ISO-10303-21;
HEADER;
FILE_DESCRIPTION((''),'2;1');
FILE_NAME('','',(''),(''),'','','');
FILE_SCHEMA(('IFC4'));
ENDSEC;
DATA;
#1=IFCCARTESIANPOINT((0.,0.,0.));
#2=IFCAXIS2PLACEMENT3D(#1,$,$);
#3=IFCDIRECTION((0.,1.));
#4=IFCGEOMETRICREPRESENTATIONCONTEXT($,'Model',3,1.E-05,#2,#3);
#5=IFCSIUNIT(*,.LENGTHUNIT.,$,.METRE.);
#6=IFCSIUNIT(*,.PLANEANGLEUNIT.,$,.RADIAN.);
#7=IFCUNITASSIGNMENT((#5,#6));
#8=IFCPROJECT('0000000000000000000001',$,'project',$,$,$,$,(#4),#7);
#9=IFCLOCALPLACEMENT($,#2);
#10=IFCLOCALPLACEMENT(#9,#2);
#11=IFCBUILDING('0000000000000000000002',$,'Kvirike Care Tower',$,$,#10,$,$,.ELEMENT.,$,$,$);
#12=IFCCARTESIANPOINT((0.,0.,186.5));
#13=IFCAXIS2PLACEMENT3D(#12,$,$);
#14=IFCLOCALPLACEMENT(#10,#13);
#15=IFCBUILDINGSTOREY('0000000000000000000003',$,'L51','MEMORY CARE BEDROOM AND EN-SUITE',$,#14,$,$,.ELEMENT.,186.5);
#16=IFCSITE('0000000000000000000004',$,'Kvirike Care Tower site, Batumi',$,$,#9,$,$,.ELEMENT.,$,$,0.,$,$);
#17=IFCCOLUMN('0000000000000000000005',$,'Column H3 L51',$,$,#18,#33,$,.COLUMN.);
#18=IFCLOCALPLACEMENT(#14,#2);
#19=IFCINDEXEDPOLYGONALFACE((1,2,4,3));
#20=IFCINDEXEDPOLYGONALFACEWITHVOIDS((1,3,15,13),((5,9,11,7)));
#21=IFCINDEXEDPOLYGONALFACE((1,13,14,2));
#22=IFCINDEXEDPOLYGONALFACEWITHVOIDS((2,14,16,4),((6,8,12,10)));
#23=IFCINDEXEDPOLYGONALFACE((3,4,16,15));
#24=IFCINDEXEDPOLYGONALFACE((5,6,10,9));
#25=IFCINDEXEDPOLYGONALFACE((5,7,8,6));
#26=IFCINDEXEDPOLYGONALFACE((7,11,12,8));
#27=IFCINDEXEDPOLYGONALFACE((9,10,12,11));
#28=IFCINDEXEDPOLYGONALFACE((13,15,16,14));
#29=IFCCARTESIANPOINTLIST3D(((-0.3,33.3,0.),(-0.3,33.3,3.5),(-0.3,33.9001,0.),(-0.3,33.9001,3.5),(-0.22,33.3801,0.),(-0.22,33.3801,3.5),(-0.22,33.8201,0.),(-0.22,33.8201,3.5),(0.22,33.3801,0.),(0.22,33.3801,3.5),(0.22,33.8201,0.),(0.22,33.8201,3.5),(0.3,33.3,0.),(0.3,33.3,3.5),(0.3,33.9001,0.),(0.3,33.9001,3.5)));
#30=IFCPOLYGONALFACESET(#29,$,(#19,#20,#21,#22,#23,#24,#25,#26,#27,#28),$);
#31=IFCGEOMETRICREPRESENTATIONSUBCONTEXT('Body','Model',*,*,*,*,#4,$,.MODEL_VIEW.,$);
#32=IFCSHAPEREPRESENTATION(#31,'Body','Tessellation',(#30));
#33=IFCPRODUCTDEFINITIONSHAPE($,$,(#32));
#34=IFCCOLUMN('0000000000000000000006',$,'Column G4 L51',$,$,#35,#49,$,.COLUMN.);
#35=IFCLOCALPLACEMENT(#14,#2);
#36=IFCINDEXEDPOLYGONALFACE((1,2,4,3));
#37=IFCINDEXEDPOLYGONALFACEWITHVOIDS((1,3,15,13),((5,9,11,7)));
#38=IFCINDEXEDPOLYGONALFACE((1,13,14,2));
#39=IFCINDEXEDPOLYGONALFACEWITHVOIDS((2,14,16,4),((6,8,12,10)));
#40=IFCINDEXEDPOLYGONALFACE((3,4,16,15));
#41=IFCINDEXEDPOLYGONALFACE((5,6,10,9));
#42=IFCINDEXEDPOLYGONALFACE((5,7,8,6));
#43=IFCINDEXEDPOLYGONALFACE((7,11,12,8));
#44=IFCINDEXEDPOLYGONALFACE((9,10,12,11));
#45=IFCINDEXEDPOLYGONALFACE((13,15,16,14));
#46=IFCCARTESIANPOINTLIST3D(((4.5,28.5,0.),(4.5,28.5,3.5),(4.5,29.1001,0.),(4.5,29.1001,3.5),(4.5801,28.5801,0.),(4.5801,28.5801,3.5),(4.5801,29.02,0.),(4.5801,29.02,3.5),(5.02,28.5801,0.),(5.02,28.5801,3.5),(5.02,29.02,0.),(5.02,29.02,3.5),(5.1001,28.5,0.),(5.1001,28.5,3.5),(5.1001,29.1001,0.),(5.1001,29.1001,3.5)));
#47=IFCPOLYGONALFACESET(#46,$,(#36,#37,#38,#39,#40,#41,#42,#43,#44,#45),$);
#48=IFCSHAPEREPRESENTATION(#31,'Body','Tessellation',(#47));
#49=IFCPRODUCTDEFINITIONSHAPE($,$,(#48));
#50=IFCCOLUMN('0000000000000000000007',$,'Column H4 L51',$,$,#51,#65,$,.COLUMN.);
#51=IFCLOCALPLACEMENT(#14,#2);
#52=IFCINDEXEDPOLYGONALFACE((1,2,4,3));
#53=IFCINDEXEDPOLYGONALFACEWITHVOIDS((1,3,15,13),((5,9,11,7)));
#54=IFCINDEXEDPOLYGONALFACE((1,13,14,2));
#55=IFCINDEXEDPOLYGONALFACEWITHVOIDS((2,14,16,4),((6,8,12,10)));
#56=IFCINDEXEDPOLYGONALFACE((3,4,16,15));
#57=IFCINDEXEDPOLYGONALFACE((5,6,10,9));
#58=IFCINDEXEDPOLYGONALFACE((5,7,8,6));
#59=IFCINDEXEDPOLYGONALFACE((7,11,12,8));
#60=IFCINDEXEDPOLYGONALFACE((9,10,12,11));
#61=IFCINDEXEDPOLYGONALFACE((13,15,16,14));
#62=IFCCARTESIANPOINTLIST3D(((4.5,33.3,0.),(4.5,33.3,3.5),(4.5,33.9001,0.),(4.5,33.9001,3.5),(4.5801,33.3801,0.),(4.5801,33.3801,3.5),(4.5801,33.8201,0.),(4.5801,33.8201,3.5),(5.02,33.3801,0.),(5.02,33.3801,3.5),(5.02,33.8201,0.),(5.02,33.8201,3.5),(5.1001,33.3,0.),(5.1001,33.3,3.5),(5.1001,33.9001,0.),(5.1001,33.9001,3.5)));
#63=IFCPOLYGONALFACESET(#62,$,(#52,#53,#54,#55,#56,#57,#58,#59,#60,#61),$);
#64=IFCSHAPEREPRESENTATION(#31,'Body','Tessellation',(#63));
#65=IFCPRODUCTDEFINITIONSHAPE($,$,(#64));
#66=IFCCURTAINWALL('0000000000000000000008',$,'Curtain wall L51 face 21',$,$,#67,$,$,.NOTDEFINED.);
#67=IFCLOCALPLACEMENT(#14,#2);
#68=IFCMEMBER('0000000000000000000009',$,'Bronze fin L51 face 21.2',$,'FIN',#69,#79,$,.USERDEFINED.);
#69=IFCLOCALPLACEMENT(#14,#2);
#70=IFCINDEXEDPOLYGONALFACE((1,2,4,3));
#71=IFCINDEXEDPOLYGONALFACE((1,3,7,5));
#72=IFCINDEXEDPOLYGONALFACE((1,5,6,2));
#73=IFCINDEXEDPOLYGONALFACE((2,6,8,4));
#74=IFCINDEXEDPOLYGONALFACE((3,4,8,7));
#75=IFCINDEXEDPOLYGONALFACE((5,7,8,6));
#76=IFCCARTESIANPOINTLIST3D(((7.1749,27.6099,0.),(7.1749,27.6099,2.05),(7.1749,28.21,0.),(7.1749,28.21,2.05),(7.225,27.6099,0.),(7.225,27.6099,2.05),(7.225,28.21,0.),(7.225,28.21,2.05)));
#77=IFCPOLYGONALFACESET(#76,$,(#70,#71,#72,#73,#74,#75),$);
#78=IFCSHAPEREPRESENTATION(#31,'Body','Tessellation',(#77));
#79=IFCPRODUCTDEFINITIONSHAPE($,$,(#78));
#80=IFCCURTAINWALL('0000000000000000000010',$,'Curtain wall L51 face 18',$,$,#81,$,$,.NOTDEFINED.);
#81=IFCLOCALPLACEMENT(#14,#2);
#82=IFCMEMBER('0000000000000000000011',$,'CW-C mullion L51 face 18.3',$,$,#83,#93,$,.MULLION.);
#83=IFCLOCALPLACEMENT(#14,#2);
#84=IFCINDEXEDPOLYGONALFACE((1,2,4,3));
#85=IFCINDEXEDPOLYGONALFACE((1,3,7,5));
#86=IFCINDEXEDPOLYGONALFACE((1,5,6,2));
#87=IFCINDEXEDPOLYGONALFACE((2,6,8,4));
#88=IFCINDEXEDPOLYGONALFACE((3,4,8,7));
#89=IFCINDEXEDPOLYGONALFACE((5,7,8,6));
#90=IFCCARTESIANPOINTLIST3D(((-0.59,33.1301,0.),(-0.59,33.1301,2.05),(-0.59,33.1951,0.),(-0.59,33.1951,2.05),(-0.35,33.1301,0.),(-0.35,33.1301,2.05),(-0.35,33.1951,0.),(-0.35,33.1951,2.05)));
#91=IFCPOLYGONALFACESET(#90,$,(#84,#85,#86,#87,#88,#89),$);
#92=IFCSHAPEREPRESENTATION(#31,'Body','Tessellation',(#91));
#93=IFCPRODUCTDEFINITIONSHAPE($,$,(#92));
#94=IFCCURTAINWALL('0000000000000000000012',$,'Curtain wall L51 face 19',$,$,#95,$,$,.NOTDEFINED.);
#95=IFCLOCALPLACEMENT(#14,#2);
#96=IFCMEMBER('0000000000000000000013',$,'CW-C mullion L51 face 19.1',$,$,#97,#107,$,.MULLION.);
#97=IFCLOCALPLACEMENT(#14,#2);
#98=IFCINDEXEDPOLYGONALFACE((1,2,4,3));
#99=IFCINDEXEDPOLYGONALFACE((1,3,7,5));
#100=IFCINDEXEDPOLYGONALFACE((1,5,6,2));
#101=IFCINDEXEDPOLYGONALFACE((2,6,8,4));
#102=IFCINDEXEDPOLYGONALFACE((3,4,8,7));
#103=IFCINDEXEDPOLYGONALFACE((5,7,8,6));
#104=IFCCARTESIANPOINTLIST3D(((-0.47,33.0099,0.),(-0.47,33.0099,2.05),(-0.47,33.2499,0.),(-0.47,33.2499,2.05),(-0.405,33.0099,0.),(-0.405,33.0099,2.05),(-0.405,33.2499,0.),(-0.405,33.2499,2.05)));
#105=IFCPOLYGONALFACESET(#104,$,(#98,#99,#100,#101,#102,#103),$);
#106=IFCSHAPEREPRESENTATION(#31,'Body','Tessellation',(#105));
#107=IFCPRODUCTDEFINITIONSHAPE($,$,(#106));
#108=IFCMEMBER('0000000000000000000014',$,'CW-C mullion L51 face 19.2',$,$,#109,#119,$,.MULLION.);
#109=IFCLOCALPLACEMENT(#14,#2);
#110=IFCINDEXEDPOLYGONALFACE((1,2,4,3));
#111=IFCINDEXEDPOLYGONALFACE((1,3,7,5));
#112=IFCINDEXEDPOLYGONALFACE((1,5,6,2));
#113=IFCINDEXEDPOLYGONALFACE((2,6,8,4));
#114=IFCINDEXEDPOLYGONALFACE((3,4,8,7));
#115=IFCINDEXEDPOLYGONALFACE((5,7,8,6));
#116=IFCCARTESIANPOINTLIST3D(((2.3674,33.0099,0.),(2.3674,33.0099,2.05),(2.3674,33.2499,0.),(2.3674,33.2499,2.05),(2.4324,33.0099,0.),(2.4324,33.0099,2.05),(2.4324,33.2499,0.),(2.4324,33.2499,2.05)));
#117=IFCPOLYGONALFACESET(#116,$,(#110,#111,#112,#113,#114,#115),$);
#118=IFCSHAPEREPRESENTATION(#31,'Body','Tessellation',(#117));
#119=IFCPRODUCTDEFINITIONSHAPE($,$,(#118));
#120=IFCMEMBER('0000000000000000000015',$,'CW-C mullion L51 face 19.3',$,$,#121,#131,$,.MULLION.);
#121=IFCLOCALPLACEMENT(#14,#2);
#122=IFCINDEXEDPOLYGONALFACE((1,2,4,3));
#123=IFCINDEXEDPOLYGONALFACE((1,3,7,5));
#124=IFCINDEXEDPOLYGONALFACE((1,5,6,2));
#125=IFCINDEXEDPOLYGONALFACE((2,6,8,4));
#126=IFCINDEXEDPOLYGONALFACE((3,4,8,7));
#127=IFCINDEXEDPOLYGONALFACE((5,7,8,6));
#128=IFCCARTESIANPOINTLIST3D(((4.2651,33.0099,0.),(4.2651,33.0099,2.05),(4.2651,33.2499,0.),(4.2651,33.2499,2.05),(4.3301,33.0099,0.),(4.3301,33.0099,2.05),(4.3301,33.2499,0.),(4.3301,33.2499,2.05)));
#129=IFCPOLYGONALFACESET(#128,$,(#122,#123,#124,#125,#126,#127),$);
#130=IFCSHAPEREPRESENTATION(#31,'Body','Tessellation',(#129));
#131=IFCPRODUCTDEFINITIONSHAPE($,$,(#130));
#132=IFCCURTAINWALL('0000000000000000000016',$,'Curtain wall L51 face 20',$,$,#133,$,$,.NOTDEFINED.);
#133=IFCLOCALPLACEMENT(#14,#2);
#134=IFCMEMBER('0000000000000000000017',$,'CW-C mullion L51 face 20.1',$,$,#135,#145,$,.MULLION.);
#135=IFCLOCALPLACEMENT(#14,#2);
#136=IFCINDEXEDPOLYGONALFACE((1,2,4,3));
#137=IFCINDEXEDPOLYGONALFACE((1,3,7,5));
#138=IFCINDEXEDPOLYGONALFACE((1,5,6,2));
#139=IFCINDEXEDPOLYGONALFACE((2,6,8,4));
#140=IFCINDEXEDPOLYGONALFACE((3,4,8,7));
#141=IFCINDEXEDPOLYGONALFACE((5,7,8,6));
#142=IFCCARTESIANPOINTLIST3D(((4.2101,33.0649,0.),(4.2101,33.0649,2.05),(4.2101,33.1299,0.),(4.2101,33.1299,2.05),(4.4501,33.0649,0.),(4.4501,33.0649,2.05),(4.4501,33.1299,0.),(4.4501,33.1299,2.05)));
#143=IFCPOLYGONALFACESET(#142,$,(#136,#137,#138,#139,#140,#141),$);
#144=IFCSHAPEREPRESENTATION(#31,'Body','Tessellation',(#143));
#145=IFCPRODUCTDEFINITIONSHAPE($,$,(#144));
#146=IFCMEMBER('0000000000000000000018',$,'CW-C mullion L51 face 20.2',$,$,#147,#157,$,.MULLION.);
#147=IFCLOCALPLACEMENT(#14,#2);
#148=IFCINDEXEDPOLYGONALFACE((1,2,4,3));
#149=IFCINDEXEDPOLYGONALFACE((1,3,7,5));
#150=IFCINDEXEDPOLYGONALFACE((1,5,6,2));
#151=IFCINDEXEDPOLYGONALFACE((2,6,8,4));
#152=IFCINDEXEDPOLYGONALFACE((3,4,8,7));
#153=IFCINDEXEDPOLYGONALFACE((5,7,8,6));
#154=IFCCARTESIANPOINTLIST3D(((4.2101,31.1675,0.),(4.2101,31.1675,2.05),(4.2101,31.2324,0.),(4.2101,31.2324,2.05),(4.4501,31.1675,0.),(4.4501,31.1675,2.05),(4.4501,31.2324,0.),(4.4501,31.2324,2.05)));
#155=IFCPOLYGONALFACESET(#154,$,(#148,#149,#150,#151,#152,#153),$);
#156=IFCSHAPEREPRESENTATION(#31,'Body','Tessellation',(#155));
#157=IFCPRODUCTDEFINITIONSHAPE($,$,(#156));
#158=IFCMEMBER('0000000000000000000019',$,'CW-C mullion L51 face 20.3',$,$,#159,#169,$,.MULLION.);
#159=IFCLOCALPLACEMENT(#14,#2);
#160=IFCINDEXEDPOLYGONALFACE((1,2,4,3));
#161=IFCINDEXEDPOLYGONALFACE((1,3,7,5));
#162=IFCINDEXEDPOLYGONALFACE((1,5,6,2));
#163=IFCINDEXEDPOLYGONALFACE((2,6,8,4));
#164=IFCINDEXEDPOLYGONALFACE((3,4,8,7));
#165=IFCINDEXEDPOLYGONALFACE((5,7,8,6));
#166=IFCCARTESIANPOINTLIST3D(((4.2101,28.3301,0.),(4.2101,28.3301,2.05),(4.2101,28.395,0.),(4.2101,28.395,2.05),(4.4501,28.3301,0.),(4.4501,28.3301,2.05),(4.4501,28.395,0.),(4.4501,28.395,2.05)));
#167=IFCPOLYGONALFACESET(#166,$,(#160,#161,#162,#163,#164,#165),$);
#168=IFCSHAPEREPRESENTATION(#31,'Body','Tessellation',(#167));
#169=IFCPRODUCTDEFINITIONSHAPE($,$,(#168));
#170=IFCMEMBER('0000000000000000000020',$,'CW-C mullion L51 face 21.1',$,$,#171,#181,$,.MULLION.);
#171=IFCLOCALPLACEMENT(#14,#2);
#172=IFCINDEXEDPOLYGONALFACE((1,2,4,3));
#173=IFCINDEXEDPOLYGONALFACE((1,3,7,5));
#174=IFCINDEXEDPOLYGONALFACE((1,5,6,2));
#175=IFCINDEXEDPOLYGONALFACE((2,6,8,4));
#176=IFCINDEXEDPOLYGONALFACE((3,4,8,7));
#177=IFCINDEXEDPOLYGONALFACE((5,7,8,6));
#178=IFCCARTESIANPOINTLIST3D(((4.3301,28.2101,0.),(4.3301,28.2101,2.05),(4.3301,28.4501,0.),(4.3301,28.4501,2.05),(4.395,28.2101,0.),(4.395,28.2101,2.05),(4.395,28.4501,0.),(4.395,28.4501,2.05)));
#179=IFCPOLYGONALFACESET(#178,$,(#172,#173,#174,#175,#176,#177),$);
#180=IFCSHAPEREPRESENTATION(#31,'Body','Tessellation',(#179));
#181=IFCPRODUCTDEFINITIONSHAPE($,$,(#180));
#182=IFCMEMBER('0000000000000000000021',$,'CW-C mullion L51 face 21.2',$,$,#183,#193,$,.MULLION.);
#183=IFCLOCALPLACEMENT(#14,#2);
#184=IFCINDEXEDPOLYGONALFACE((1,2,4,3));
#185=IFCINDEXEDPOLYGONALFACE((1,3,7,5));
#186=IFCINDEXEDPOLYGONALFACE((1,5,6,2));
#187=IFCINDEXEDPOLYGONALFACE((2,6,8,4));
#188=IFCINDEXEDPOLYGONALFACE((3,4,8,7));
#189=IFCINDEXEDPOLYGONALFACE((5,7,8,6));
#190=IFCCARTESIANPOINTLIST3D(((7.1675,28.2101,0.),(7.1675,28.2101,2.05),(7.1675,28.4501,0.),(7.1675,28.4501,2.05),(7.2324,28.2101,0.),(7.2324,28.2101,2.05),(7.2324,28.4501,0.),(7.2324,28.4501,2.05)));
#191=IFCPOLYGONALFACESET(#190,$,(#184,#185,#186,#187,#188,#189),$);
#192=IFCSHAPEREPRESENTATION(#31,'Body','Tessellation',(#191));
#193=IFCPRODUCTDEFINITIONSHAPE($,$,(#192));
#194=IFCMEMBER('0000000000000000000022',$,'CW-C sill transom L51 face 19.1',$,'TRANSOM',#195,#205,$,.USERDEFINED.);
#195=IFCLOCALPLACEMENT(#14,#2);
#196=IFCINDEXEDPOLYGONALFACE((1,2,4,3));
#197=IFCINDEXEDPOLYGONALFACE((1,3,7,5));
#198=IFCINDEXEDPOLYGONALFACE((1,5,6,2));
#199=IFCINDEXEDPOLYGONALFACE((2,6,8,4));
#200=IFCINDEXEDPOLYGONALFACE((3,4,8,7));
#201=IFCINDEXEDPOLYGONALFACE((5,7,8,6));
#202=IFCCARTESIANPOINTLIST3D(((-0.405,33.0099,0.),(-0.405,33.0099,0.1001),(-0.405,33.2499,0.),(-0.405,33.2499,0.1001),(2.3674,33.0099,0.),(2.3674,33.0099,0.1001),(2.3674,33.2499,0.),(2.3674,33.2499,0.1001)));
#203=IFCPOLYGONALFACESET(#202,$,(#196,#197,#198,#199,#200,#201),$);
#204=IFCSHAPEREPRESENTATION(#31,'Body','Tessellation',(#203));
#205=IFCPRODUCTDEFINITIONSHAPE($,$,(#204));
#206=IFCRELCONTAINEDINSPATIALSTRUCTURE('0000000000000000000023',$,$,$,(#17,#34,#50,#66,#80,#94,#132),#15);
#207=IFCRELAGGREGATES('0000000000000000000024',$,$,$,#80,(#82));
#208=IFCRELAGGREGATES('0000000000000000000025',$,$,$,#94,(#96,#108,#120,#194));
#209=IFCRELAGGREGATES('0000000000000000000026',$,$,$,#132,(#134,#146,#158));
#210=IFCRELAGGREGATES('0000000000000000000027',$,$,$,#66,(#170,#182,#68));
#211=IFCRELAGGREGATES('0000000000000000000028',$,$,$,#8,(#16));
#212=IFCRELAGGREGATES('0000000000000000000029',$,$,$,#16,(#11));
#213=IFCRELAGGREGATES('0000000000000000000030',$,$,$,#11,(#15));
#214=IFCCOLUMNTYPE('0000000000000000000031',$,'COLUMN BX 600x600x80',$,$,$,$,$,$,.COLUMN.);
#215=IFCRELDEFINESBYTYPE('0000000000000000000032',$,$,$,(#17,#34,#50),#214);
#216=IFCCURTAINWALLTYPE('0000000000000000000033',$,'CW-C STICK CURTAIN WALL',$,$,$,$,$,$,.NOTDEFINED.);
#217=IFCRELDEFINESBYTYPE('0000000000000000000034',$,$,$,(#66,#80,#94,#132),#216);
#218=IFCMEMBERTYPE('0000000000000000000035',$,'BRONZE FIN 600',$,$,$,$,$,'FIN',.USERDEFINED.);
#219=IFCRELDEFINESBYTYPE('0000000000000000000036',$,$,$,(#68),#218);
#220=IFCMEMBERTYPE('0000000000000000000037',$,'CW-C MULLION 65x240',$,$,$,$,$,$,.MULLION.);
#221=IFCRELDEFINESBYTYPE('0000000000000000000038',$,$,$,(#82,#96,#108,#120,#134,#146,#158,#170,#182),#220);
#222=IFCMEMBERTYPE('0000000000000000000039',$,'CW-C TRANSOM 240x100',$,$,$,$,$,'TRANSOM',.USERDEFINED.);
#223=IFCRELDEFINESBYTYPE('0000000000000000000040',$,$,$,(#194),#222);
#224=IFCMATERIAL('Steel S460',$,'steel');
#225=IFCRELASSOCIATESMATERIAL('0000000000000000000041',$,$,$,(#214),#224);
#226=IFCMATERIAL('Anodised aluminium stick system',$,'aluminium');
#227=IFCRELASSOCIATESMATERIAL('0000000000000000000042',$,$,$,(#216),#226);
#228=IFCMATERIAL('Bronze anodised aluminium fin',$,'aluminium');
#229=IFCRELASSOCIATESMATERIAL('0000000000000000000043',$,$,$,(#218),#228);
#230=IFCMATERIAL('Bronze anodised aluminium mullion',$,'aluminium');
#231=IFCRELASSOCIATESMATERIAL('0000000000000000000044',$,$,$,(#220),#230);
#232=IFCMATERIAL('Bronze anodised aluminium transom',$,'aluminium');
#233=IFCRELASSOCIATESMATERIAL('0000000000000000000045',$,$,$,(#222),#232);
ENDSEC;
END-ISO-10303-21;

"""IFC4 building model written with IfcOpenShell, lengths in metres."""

from ifc_helpers import new_model, si_unit, direction, frame, origin, origin_2d, place, context, subcontext, project, spatial, rectangle, hollow_rectangle, extrude, material, material_profile, profile_set, type_object, element, aggregate, save


model = new_model("IFC4")

# Units and contexts
model_context = context("Model", 3, precision=1e-05, world=origin(), true_north=direction((0.0, 1.0)))
body_context = subcontext(model_context, "Body", "Model", "MODEL_VIEW")
ifc_project = project(units=[si_unit("LENGTHUNIT", "METRE"), si_unit("PLANEANGLEUNIT", "RADIAN")], contexts=[model_context])

# Site, building, storey
site_placement = place(None, origin())
site = spatial("IfcSite", under=ifc_project, at=site_placement, Name="Kvirike Care Tower site, Batumi", CompositionType="ELEMENT", RefElevation=0.0)
building_placement = place(site_placement, origin())
building = spatial("IfcBuilding", under=site, at=building_placement, Name="Kvirike Care Tower", CompositionType="ELEMENT")
storey_placement = place(building_placement, frame((0.0, 0.0, 186.5)))
storey = spatial("IfcBuildingStorey", under=building, at=storey_placement, Name="L51", Description="MEMORY CARE BEDROOM AND EN-SUITE", CompositionType="ELEMENT", Elevation=186.5)

# Columns
ifc_material_1 = material(Name="Steel S460", Category="steel")
ifc_material_profile_1 = material_profile(ifc_material_1, hollow_rectangle(XDim=0.6001, YDim=0.6001, WallThickness=0.0801, at=origin_2d()), Name="BX 600x600x80")
ifc_profile_set_1 = profile_set([ifc_material_profile_1], Name="Steel S460")
column_type = type_object("IfcColumnType", Name="COLUMN BX 600x600x80", PredefinedType="COLUMN", material=ifc_profile_set_1)
for number, where, z_axis, x_axis, name in (
    (1, (0.0, 33.6001, 0.0), (0.0, 0.0, 1.0), (0.0, 1.0, 0.0), "Column H3 L51"),
    (2, (4.8, 28.8, 0.0), (0.0, 0.0, 1.0), (0.0, 1.0, 0.0), "Column G4 L51"),
    (3, (4.8, 33.6001, 0.0), (0.0, 0.0, 1.0), (0.0, 1.0, 0.0), "Column H4 L51"),
):
    element("IfcColumn", number, at=place(storey_placement, frame(where, z_axis=z_axis, x_axis=x_axis)), inside=storey, type_object=column_type, Name=name, PredefinedType="COLUMN", context=body_context, shape_type="SweptSolid", body=[
        extrude(hollow_rectangle(XDim=0.6001, YDim=0.6001, WallThickness=0.0801, at=origin_2d()), origin(), (0.0, 0.0, 1.0), 3.5),
    ])

# Curtain walls, members
ifc_material_2 = material(Name="Anodised aluminium stick system", Category="aluminium")
curtain_wall_type = type_object("IfcCurtainWallType", Name="CW-C STICK CURTAIN WALL", PredefinedType="NOTDEFINED", material=ifc_material_2)
curtain_wall_1_placement = place(storey_placement, origin())
curtain_wall_1 = element("IfcCurtainWall", 4, at=curtain_wall_1_placement, inside=storey, type_object=curtain_wall_type, Name="Curtain wall L51 face 21", PredefinedType="NOTDEFINED")
ifc_material_3 = material(Name="Bronze anodised aluminium fin", Category="aluminium")
ifc_material_profile_2 = material_profile(ifc_material_3, rectangle(XDim=0.05, YDim=0.6001, at=origin_2d()), Name="BRONZE FIN 600")
ifc_profile_set_2 = profile_set([ifc_material_profile_2], Name="Bronze anodised aluminium fin")
member_type_1 = type_object("IfcMemberType", Name="BRONZE FIN 600", ElementType="FIN", PredefinedType="USERDEFINED", material=ifc_profile_set_2)
member_1_placement = place(storey_placement, frame((7.2, 27.9099, 0.0), z_axis=(0.0, 0.0, 1.0), x_axis=(1.0, 0.0, 0.0)))
member_1 = element("IfcMember", 5, at=member_1_placement, type_object=member_type_1, Name="Bronze fin L51 face 21.2", ObjectType="FIN", PredefinedType="USERDEFINED", context=body_context, shape_type="SweptSolid", body=[
    extrude(rectangle(XDim=0.05, YDim=0.6001, at=origin_2d()), origin(), (0.0, 0.0, 1.0), 2.05),
])
curtain_wall_2_placement = place(storey_placement, origin())
curtain_wall_2 = element("IfcCurtainWall", 6, at=curtain_wall_2_placement, inside=storey, type_object=curtain_wall_type, Name="Curtain wall L51 face 18", PredefinedType="NOTDEFINED")
ifc_material_4 = material(Name="Bronze anodised aluminium mullion", Category="aluminium")
ifc_material_profile_3 = material_profile(ifc_material_4, rectangle(XDim=0.0649, YDim=0.24, at=origin_2d()), Name="CW-C MULLION 65x240")
ifc_profile_set_3 = profile_set([ifc_material_profile_3], Name="Bronze anodised aluminium mullion")
member_type_2 = type_object("IfcMemberType", Name="CW-C MULLION 65x240", PredefinedType="MULLION", material=ifc_profile_set_3)
member_2_placement = place(storey_placement, frame((-0.47, 33.1626, 0.0), z_axis=(0.0, 0.0, 1.0), x_axis=(0.0, -1.0, 0.0)))
member_2 = element("IfcMember", 7, at=member_2_placement, type_object=member_type_2, Name="CW-C mullion L51 face 18.3", PredefinedType="MULLION", context=body_context, shape_type="SweptSolid", body=[
    extrude(rectangle(XDim=0.0649, YDim=0.24, at=origin_2d()), origin(), (0.0, 0.0, 1.0), 2.05),
])
aggregate(curtain_wall_2, [member_2])

# Curtain walls, members
curtain_wall_3_placement = place(storey_placement, origin())
curtain_wall_3 = element("IfcCurtainWall", 8, at=curtain_wall_3_placement, inside=storey, type_object=curtain_wall_type, Name="Curtain wall L51 face 19", PredefinedType="NOTDEFINED")
member_3_placement = place(storey_placement, frame((-0.4375, 33.1299, 0.0), z_axis=(0.0, 0.0, 1.0), x_axis=(1.0, 0.0, 0.0)))
member_3 = element("IfcMember", 9, at=member_3_placement, type_object=member_type_2, Name="CW-C mullion L51 face 19.1", PredefinedType="MULLION", context=body_context, shape_type="SweptSolid", body=[
    extrude(rectangle(XDim=0.0649, YDim=0.24, at=origin_2d()), origin(), (0.0, 0.0, 1.0), 2.05),
])
member_4_placement = place(storey_placement, frame((2.3999, 33.1299, 0.0), z_axis=(0.0, 0.0, 1.0), x_axis=(1.0, 0.0, 0.0)))
member_4 = element("IfcMember", 10, at=member_4_placement, type_object=member_type_2, Name="CW-C mullion L51 face 19.2", PredefinedType="MULLION", context=body_context, shape_type="SweptSolid", body=[
    extrude(rectangle(XDim=0.0649, YDim=0.24, at=origin_2d()), origin(), (0.0, 0.0, 1.0), 2.05),
])
member_5_placement = place(storey_placement, frame((4.2976, 33.1299, 0.0), z_axis=(0.0, 0.0, 1.0), x_axis=(1.0, 0.0, 0.0)))
member_5 = element("IfcMember", 11, at=member_5_placement, type_object=member_type_2, Name="CW-C mullion L51 face 19.3", PredefinedType="MULLION", context=body_context, shape_type="SweptSolid", body=[
    extrude(rectangle(XDim=0.0649, YDim=0.24, at=origin_2d()), origin(), (0.0, 0.0, 1.0), 2.05),
])
curtain_wall_4_placement = place(storey_placement, origin())
curtain_wall_4 = element("IfcCurtainWall", 12, at=curtain_wall_4_placement, inside=storey, type_object=curtain_wall_type, Name="Curtain wall L51 face 20", PredefinedType="NOTDEFINED")
member_6_placement = place(storey_placement, frame((4.3301, 33.0974, 0.0), z_axis=(0.0, 0.0, 1.0), x_axis=(0.0, -1.0, 0.0)))
member_6 = element("IfcMember", 13, at=member_6_placement, type_object=member_type_2, Name="CW-C mullion L51 face 20.1", PredefinedType="MULLION", context=body_context, shape_type="SweptSolid", body=[
    extrude(rectangle(XDim=0.0649, YDim=0.24, at=origin_2d()), origin(), (0.0, 0.0, 1.0), 2.05),
])
member_7_placement = place(storey_placement, frame((4.3301, 31.2, 0.0), z_axis=(0.0, 0.0, 1.0), x_axis=(0.0, -1.0, 0.0)))
member_7 = element("IfcMember", 14, at=member_7_placement, type_object=member_type_2, Name="CW-C mullion L51 face 20.2", PredefinedType="MULLION", context=body_context, shape_type="SweptSolid", body=[
    extrude(rectangle(XDim=0.0649, YDim=0.24, at=origin_2d()), origin(), (0.0, 0.0, 1.0), 2.05),
])
member_8_placement = place(storey_placement, frame((4.3301, 28.3625, 0.0), z_axis=(0.0, 0.0, 1.0), x_axis=(0.0, -1.0, 0.0)))
member_8 = element("IfcMember", 15, at=member_8_placement, type_object=member_type_2, Name="CW-C mullion L51 face 20.3", PredefinedType="MULLION", context=body_context, shape_type="SweptSolid", body=[
    extrude(rectangle(XDim=0.0649, YDim=0.24, at=origin_2d()), origin(), (0.0, 0.0, 1.0), 2.05),
])

# Members
member_9_placement = place(storey_placement, frame((4.3625, 28.3301, 0.0), z_axis=(0.0, 0.0, 1.0), x_axis=(1.0, 0.0, 0.0)))
member_9 = element("IfcMember", 16, at=member_9_placement, type_object=member_type_2, Name="CW-C mullion L51 face 21.1", PredefinedType="MULLION", context=body_context, shape_type="SweptSolid", body=[
    extrude(rectangle(XDim=0.0649, YDim=0.24, at=origin_2d()), origin(), (0.0, 0.0, 1.0), 2.05),
])
member_10_placement = place(storey_placement, frame((7.2, 28.3301, 0.0), z_axis=(0.0, 0.0, 1.0), x_axis=(1.0, 0.0, 0.0)))
member_10 = element("IfcMember", 17, at=member_10_placement, type_object=member_type_2, Name="CW-C mullion L51 face 21.2", PredefinedType="MULLION", context=body_context, shape_type="SweptSolid", body=[
    extrude(rectangle(XDim=0.0649, YDim=0.24, at=origin_2d()), origin(), (0.0, 0.0, 1.0), 2.05),
])
ifc_material_5 = material(Name="Bronze anodised aluminium transom", Category="aluminium")
ifc_material_profile_4 = material_profile(ifc_material_5, rectangle(XDim=0.24, YDim=0.1001, at=origin_2d()), Name="CW-C TRANSOM 240x100")
ifc_profile_set_4 = profile_set([ifc_material_profile_4], Name="Bronze anodised aluminium transom")
member_type_3 = type_object("IfcMemberType", Name="CW-C TRANSOM 240x100", ElementType="TRANSOM", PredefinedType="USERDEFINED", material=ifc_profile_set_4)
member_11_placement = place(storey_placement, frame((-0.405, 33.1299, 0.05), z_axis=(1.0, 0.0, 0.0), x_axis=(0.0, 1.0, 0.0)))
member_11 = element("IfcMember", 18, at=member_11_placement, type_object=member_type_3, Name="CW-C sill transom L51 face 19.1", ObjectType="TRANSOM", PredefinedType="USERDEFINED", context=body_context, shape_type="SweptSolid", body=[
    extrude(rectangle(XDim=0.24, YDim=0.1001, at=origin_2d()), origin(), (0.0, 0.0, 1.0), 2.7725),
])

aggregate(curtain_wall_3, [member_3, member_4, member_5, member_11])
aggregate(curtain_wall_4, [member_6, member_7, member_8])
aggregate(curtain_wall_1, [member_9, member_10, member_1])

save(model, "model.ifc")
